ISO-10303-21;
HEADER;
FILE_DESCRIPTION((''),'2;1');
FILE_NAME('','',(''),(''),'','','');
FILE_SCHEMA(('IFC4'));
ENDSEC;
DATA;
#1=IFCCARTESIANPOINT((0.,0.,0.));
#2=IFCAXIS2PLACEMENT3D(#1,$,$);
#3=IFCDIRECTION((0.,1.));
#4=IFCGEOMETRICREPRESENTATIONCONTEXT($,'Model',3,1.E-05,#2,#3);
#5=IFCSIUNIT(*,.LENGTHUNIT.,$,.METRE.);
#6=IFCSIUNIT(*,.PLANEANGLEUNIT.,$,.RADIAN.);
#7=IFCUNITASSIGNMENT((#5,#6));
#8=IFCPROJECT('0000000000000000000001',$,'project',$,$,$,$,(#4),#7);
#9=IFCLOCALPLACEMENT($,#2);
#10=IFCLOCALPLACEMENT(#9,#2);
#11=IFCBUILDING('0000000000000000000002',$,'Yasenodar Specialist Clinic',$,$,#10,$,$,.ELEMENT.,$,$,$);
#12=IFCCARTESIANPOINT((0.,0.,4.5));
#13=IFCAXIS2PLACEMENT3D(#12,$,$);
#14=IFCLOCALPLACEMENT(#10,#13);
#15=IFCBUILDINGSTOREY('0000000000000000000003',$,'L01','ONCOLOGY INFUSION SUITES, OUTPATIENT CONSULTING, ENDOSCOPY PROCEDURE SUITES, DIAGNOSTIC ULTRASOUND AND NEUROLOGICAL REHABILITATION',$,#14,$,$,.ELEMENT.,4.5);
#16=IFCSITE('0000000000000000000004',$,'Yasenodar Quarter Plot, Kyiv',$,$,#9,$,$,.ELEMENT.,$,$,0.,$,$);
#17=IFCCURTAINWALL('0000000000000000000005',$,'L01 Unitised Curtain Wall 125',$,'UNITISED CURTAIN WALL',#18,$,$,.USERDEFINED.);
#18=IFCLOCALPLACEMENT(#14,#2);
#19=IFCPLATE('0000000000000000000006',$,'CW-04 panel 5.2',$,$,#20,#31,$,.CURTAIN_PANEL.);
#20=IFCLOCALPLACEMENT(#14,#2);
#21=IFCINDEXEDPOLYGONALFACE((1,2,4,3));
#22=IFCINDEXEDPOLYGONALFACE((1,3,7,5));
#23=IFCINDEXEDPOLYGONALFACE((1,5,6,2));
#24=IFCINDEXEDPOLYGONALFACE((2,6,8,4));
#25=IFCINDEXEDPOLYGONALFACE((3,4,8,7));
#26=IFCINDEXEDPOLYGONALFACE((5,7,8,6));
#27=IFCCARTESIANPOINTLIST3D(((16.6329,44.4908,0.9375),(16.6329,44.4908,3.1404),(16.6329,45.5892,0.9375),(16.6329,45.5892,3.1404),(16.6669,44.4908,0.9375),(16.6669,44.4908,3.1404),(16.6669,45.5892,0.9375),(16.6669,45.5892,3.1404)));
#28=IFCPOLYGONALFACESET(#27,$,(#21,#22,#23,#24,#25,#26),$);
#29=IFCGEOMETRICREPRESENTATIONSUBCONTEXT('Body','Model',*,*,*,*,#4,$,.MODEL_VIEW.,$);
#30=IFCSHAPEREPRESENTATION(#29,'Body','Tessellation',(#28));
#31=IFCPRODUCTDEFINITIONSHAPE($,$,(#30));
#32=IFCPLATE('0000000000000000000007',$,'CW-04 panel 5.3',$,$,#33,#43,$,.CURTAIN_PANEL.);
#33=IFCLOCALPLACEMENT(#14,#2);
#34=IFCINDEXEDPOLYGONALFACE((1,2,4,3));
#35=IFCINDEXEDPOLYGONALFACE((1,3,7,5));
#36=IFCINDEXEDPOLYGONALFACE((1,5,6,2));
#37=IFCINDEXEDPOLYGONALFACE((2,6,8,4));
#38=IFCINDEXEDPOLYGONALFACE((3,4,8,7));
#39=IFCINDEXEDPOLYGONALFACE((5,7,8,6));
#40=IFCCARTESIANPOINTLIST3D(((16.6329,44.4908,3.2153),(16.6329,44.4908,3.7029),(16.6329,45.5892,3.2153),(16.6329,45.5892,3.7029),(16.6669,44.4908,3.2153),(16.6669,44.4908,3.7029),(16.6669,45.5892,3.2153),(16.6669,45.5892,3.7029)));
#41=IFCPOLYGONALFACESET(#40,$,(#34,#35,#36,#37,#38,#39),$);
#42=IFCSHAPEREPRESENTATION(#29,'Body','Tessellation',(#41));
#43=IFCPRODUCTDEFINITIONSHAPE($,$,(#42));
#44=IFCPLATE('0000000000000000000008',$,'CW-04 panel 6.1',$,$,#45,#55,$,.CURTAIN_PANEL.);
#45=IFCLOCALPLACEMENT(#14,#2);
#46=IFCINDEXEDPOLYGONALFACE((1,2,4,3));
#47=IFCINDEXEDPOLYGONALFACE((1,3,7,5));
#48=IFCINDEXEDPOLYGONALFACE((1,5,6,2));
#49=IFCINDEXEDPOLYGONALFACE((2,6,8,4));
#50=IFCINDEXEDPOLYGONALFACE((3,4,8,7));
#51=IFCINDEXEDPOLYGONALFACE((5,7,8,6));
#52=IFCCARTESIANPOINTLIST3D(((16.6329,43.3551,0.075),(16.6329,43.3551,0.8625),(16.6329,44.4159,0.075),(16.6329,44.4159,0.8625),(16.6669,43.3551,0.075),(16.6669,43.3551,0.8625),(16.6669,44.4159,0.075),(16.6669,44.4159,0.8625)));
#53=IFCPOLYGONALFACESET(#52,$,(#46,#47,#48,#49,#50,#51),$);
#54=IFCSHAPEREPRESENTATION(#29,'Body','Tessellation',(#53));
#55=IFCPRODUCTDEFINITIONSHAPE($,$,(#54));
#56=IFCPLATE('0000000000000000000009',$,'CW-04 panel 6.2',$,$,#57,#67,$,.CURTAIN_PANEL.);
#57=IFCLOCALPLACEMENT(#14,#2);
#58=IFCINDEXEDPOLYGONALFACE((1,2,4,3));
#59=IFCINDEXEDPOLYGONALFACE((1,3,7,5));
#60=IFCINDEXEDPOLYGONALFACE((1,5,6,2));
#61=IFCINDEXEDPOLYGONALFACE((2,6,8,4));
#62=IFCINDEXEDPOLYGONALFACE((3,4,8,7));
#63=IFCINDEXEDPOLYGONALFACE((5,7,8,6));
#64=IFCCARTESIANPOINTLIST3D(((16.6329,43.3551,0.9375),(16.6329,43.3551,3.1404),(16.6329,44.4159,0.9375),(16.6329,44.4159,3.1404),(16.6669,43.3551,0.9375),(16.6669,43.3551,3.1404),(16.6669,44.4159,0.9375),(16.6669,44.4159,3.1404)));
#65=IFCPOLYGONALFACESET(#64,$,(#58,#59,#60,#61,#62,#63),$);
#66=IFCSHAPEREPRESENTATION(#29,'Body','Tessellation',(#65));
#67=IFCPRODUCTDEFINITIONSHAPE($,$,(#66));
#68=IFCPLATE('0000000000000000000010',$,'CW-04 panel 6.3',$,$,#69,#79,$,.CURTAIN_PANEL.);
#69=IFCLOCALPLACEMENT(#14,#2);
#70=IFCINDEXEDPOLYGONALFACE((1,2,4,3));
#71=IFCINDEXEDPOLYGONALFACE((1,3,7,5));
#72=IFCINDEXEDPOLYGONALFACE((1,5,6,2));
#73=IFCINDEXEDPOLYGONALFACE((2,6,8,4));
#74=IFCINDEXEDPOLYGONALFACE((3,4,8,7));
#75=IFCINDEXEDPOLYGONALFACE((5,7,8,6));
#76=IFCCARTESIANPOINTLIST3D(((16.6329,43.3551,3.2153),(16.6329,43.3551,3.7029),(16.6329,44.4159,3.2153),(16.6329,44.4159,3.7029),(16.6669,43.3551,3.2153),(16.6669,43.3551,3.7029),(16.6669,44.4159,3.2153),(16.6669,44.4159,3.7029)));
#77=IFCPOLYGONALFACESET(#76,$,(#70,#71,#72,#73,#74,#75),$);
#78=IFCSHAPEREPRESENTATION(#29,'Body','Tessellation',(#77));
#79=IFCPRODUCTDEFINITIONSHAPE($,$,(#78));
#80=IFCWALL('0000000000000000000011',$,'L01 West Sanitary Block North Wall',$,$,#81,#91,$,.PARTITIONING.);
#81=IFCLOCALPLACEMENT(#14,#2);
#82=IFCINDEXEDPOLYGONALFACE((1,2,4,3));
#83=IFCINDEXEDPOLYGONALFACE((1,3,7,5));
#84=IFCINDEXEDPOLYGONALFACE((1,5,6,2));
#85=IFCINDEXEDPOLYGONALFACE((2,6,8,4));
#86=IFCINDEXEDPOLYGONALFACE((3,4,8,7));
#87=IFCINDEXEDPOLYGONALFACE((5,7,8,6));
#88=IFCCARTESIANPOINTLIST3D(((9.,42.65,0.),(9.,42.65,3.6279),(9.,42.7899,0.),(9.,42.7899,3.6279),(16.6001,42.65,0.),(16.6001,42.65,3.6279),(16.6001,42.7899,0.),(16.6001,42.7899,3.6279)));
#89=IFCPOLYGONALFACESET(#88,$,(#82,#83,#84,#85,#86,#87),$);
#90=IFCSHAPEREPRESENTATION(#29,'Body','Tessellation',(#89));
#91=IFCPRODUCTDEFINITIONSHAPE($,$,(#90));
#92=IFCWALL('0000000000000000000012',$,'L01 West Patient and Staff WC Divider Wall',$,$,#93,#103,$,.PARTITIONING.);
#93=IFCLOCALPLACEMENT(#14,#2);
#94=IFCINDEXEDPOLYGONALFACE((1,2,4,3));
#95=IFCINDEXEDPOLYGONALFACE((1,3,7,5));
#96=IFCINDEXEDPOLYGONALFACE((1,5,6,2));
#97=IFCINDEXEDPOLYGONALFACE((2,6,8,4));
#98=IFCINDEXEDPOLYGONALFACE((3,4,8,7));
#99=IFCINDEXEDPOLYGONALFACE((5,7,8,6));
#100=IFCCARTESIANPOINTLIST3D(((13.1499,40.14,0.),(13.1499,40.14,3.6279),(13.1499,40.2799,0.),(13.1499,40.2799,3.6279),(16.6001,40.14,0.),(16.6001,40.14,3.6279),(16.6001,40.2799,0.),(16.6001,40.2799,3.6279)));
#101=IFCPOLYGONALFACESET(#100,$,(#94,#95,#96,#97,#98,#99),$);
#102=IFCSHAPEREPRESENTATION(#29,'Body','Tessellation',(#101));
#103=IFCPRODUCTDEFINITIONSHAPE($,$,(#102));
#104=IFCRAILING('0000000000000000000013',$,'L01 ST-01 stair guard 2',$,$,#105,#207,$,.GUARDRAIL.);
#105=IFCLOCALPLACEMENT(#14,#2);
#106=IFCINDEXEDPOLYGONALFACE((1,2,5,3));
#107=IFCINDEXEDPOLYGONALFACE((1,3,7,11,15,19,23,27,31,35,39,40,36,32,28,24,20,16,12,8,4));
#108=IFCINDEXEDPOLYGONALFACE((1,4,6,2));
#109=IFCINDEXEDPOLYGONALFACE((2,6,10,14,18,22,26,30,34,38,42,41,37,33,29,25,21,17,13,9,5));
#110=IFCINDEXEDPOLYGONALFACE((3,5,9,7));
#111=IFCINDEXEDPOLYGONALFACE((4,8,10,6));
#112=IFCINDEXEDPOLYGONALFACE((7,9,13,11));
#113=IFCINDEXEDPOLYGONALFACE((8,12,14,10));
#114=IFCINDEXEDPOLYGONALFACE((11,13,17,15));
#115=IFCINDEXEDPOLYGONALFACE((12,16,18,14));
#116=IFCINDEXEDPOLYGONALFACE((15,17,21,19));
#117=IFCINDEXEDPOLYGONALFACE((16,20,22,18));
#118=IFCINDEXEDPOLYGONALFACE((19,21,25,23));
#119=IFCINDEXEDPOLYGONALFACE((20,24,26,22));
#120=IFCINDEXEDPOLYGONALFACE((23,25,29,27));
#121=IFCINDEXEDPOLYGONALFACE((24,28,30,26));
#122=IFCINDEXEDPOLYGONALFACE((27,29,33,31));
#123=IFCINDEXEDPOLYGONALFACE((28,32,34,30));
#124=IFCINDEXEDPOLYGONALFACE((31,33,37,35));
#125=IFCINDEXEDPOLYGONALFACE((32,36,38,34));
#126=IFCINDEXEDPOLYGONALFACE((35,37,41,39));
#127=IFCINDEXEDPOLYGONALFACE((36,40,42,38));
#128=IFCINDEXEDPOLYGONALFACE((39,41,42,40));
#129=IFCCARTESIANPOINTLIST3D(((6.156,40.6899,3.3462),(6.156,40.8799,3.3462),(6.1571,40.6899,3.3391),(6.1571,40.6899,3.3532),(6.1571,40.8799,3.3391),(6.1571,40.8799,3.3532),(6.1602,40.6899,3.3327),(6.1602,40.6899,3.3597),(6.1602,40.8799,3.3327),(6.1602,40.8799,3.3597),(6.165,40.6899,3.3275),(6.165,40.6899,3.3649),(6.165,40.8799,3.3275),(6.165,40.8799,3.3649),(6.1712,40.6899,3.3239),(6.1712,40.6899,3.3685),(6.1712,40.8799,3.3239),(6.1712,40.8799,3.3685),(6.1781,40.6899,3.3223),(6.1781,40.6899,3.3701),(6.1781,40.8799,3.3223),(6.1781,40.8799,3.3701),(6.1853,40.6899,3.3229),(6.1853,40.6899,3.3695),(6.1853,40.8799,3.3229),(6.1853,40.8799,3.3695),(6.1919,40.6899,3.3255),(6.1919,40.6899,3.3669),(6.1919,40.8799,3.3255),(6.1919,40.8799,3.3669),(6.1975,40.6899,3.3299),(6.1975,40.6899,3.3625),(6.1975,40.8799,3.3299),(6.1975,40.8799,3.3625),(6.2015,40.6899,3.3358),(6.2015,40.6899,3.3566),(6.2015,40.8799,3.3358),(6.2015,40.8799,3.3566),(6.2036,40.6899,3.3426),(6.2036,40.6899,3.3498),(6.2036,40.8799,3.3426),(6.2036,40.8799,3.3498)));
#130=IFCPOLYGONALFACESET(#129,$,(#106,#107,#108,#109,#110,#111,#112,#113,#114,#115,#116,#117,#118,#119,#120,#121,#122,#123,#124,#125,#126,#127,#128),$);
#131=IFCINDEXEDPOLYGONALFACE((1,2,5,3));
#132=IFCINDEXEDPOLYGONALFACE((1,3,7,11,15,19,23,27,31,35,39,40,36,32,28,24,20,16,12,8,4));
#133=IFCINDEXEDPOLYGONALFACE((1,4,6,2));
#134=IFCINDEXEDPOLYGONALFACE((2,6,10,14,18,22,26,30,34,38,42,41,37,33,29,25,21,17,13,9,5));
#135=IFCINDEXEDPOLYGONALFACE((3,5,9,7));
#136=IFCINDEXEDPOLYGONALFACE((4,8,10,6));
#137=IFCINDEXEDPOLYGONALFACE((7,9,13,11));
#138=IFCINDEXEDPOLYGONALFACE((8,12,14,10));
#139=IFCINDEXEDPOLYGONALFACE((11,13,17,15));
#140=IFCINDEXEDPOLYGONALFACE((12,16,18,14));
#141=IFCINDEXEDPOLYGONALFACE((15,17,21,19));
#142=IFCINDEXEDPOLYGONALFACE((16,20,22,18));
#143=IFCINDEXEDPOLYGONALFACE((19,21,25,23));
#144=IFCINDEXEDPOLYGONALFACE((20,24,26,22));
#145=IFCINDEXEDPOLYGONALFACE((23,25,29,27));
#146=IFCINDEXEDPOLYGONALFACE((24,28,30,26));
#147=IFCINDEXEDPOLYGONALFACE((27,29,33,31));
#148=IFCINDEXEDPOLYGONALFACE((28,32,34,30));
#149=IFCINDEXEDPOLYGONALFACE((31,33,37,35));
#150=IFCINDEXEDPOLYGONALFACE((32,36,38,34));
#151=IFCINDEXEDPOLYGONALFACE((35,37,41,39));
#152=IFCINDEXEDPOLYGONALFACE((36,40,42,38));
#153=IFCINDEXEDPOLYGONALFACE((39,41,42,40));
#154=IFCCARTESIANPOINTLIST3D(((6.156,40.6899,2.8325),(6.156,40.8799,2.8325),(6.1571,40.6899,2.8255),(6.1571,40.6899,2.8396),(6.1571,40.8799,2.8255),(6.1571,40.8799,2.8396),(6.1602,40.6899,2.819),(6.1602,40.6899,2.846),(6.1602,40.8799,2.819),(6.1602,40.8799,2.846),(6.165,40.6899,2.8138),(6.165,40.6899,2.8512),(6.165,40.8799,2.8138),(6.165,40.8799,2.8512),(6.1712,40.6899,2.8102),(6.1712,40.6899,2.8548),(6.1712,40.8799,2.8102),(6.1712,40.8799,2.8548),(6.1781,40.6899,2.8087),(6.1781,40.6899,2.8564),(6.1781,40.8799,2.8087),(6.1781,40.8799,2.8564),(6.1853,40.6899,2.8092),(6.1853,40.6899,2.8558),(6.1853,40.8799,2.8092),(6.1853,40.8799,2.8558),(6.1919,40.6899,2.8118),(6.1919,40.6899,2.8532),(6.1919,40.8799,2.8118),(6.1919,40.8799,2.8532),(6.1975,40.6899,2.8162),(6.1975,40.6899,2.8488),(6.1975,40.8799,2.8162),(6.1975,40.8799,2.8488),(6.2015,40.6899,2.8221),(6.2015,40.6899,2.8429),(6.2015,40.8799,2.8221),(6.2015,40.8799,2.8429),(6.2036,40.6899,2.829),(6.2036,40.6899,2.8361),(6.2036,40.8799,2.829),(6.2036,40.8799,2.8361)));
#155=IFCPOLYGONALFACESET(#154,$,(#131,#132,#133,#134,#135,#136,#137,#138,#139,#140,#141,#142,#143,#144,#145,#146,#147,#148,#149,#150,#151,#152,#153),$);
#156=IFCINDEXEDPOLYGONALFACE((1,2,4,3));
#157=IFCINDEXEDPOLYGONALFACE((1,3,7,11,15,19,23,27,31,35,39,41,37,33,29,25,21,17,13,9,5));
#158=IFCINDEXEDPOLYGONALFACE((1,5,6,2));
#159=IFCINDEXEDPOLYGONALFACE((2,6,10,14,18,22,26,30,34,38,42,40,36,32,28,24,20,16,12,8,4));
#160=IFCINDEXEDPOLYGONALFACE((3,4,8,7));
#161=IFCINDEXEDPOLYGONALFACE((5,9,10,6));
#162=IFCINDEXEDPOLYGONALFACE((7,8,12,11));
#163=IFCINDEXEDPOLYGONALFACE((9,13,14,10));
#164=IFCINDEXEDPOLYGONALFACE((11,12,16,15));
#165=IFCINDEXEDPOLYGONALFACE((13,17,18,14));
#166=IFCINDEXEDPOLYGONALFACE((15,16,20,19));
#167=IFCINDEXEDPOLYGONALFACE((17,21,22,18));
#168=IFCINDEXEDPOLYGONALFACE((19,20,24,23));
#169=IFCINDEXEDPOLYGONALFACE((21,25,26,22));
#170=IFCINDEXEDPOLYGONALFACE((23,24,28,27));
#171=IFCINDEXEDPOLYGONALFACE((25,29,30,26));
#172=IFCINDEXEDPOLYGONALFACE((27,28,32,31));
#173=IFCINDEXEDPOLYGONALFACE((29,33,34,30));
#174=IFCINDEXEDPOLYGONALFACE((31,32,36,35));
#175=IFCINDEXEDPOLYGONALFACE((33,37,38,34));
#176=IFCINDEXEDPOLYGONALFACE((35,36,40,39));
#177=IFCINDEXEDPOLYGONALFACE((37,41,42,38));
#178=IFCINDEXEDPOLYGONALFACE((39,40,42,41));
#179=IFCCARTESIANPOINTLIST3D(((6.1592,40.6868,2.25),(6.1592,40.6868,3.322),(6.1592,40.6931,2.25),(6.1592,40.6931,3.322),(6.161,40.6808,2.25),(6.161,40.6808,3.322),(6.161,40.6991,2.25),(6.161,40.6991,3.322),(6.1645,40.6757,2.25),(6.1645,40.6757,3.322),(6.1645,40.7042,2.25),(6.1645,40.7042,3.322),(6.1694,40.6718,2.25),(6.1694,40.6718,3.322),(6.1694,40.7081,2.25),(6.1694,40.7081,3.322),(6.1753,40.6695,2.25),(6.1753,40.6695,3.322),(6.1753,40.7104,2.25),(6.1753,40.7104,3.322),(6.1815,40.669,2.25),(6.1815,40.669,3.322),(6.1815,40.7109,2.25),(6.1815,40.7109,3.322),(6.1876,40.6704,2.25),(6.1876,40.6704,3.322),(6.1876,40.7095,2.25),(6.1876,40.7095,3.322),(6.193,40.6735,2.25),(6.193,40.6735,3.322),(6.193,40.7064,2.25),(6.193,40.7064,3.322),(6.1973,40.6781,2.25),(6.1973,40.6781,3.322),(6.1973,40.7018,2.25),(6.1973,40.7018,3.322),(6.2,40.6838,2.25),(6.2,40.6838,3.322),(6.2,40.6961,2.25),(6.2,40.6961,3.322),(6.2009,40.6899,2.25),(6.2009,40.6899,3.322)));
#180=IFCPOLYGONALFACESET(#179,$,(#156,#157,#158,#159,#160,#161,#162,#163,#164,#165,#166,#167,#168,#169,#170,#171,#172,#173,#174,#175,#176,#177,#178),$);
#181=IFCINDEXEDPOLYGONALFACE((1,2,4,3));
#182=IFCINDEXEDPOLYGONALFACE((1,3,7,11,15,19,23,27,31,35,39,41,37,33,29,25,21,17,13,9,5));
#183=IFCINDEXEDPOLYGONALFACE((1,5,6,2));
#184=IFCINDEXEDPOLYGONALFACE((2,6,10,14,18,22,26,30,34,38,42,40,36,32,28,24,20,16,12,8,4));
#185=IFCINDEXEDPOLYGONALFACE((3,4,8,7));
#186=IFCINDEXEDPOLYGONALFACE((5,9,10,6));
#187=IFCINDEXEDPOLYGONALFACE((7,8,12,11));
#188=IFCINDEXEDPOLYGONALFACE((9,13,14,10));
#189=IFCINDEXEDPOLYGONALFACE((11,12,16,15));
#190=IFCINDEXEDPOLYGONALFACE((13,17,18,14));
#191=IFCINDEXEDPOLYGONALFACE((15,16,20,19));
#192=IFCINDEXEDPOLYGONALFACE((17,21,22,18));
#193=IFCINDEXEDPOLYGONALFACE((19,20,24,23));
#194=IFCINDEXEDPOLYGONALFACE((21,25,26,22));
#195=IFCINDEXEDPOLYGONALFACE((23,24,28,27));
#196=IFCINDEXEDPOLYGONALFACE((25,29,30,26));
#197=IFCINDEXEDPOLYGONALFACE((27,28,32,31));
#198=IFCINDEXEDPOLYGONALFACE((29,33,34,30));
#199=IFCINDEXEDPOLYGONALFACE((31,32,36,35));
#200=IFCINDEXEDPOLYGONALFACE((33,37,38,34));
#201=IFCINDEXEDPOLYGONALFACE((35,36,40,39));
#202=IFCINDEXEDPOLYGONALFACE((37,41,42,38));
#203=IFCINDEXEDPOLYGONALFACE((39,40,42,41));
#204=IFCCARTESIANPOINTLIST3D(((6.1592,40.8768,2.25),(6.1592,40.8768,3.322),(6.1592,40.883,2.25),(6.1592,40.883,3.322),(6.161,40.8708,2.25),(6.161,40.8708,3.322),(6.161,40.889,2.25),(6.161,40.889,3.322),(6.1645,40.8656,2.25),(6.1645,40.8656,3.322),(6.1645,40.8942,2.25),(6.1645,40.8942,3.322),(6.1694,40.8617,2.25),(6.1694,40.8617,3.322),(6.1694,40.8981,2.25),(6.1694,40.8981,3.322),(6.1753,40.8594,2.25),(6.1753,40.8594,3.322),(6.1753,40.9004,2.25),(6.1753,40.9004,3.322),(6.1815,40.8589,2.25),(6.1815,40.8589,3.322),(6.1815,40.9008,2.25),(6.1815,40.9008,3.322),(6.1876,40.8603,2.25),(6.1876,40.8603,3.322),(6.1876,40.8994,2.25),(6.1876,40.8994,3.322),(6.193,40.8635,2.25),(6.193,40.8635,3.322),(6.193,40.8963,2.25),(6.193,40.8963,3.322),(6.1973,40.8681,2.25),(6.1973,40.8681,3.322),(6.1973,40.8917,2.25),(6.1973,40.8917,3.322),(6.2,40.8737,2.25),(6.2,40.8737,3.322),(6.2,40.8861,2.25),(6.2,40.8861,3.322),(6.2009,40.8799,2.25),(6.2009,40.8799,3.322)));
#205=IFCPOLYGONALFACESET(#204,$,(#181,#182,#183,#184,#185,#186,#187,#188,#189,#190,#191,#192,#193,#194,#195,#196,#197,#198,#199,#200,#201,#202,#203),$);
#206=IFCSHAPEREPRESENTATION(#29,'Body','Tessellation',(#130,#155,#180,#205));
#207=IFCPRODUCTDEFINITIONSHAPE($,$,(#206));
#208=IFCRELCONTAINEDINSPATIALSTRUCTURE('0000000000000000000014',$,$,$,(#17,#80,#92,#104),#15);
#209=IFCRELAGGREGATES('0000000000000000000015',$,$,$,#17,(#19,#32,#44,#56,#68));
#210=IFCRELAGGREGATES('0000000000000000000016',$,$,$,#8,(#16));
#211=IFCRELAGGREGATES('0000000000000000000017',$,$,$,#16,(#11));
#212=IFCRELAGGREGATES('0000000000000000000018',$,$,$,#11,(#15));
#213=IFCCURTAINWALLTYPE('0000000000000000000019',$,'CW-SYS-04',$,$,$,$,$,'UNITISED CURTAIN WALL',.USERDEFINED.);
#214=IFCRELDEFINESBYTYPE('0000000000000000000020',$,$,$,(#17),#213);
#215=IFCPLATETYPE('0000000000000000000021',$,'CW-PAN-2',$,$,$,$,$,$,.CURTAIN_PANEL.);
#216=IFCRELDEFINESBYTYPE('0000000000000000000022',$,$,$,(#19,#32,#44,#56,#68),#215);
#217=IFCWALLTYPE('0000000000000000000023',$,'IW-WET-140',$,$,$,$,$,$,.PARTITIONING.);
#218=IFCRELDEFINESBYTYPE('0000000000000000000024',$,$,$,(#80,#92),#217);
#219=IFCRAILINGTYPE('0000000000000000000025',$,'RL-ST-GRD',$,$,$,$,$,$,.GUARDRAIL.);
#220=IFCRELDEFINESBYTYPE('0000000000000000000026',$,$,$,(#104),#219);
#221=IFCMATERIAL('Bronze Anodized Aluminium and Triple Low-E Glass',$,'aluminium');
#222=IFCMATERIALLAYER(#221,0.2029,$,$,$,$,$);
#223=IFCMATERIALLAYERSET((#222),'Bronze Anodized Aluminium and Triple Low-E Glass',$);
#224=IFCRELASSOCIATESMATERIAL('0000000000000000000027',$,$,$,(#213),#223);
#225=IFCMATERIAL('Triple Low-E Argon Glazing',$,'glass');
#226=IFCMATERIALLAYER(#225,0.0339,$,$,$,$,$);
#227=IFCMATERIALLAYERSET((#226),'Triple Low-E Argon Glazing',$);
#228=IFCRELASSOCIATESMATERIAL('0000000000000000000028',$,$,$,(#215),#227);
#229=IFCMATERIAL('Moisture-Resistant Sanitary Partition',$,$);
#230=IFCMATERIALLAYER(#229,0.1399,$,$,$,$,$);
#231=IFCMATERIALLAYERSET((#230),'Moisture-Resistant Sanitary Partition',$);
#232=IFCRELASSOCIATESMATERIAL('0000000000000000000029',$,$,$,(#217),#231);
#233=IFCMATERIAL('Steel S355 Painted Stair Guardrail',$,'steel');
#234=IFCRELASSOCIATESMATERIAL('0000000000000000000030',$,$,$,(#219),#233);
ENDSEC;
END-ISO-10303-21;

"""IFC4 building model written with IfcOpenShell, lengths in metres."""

from ifc_helpers import new_model, si_unit, direction, frame, frame_2d, origin, origin_2d, place, context, subcontext, project, spatial, rectangle, circle, extrude, material, layer, layer_set, type_object, element, aggregate, save


model = new_model("IFC4")

# Units and contexts
model_context = context("Model", 3, precision=1e-05, world=origin(), true_north=direction((0.0, 1.0)))
body_context = subcontext(model_context, "Body", "Model", "MODEL_VIEW")
ifc_project = project(units=[si_unit("LENGTHUNIT", "METRE"), si_unit("PLANEANGLEUNIT", "RADIAN")], contexts=[model_context])

# Site, building, storey
site_placement = place(None, origin())
site = spatial("IfcSite", under=ifc_project, at=site_placement, Name="Yasenodar Quarter Plot, Kyiv", CompositionType="ELEMENT", RefElevation=0.0)
building_placement = place(site_placement, origin())
building = spatial("IfcBuilding", under=site, at=building_placement, Name="Yasenodar Specialist Clinic", CompositionType="ELEMENT")
storey_placement = place(building_placement, frame((0.0, 0.0, 4.5)))
storey = spatial("IfcBuildingStorey", under=building, at=storey_placement, Name="L01", Description="ONCOLOGY INFUSION SUITES, OUTPATIENT CONSULTING, ENDOSCOPY PROCEDURE SUITES, DIAGNOSTIC ULTRASOUND AND NEUROLOGICAL REHABILITATION", CompositionType="ELEMENT", Elevation=4.5)

# Curtain wall
ifc_material_1 = material(Name="Bronze Anodized Aluminium and Triple Low-E Glass", Category="aluminium")
ifc_layer_1 = layer(ifc_material_1, 0.2029)
ifc_layer_set_1 = layer_set([ifc_layer_1], Name="Bronze Anodized Aluminium and Triple Low-E Glass")
curtain_wall_type = type_object("IfcCurtainWallType", Name="CW-SYS-04", ElementType="UNITISED CURTAIN WALL", PredefinedType="USERDEFINED", material=ifc_layer_set_1)
curtain_wall_placement = place(storey_placement, origin())
curtain_wall = element("IfcCurtainWall", 1, at=curtain_wall_placement, inside=storey, type_object=curtain_wall_type, Name="L01 Unitised Curtain Wall 125", ObjectType="UNITISED CURTAIN WALL", PredefinedType="USERDEFINED")

# Plates
ifc_material_2 = material(Name="Triple Low-E Argon Glazing", Category="glass")
ifc_layer_2 = layer(ifc_material_2, 0.0339)
ifc_layer_set_2 = layer_set([ifc_layer_2], Name="Triple Low-E Argon Glazing")
plate_type = type_object("IfcPlateType", Name="CW-PAN-2", PredefinedType="CURTAIN_PANEL", material=ifc_layer_set_2)
plate_1_placement = place(storey_placement, frame((16.6499, 45.04, 0.9375), z_axis=(0.0, 0.0, 1.0), x_axis=(0.0, -1.0, 0.0)))
plate_1 = element("IfcPlate", 2, at=plate_1_placement, type_object=plate_type, Name="CW-04 panel 5.2", PredefinedType="CURTAIN_PANEL", context=body_context, shape_type="SweptSolid", body=[
    extrude(rectangle(XDim=1.0984, YDim=0.0339, at=origin_2d()), origin(), (0.0, 0.0, 1.0), 2.2029),
])
plate_2_placement = place(storey_placement, frame((16.6499, 45.04, 3.2153), z_axis=(0.0, 0.0, 1.0), x_axis=(0.0, -1.0, 0.0)))
plate_2 = element("IfcPlate", 3, at=plate_2_placement, type_object=plate_type, Name="CW-04 panel 5.3", PredefinedType="CURTAIN_PANEL", context=body_context, shape_type="SweptSolid", body=[
    extrude(rectangle(XDim=1.0984, YDim=0.0339, at=origin_2d()), origin(), (0.0, 0.0, 1.0), 0.4875),
])
plate_3_placement = place(storey_placement, frame((16.6499, 43.8855, 0.075), z_axis=(0.0, 0.0, 1.0), x_axis=(0.0, -1.0, 0.0)))
plate_3 = element("IfcPlate", 4, at=plate_3_placement, type_object=plate_type, Name="CW-04 panel 6.1", PredefinedType="CURTAIN_PANEL", context=body_context, shape_type="SweptSolid", body=[
    extrude(rectangle(XDim=1.0608, YDim=0.0339, at=origin_2d()), origin(), (0.0, 0.0, 1.0), 0.7876),
])
plate_4_placement = place(storey_placement, frame((16.6499, 43.8855, 0.9375), z_axis=(0.0, 0.0, 1.0), x_axis=(0.0, -1.0, 0.0)))
plate_4 = element("IfcPlate", 5, at=plate_4_placement, type_object=plate_type, Name="CW-04 panel 6.2", PredefinedType="CURTAIN_PANEL", context=body_context, shape_type="SweptSolid", body=[
    extrude(rectangle(XDim=1.0608, YDim=0.0339, at=origin_2d()), origin(), (0.0, 0.0, 1.0), 2.2029),
])
plate_5_placement = place(storey_placement, frame((16.6499, 43.8855, 3.2153), z_axis=(0.0, 0.0, 1.0), x_axis=(0.0, -1.0, 0.0)))
plate_5 = element("IfcPlate", 6, at=plate_5_placement, type_object=plate_type, Name="CW-04 panel 6.3", PredefinedType="CURTAIN_PANEL", context=body_context, shape_type="SweptSolid", body=[
    extrude(rectangle(XDim=1.0608, YDim=0.0339, at=origin_2d()), origin(), (0.0, 0.0, 1.0), 0.4875),
])
aggregate(curtain_wall, [plate_1, plate_2, plate_3, plate_4, plate_5])

# Walls
ifc_material_3 = material(Name="Moisture-Resistant Sanitary Partition")
ifc_layer_3 = layer(ifc_material_3, 0.1399)
ifc_layer_set_3 = layer_set([ifc_layer_3], Name="Moisture-Resistant Sanitary Partition")
wall_type = type_object("IfcWallType", Name="IW-WET-140", PredefinedType="PARTITIONING", material=ifc_layer_set_3)
wall_1_placement = place(storey_placement, frame((9.0, 42.72, 0.0), z_axis=(0.0, 0.0, 1.0), x_axis=(1.0, 0.0, 0.0)))
element("IfcWall", 7, at=wall_1_placement, inside=storey, type_object=wall_type, Name="L01 West Sanitary Block North Wall", PredefinedType="PARTITIONING", context=body_context, shape_type="SweptSolid", body=[
    extrude(rectangle(XDim=7.6001, YDim=0.1399, at=frame_2d((3.8, 0.0))), origin(), (0.0, 0.0, 1.0), 3.6279),
])
wall_2_placement = place(storey_placement, frame((13.1499, 40.21, 0.0), z_axis=(0.0, 0.0, 1.0), x_axis=(1.0, 0.0, 0.0)))
element("IfcWall", 8, at=wall_2_placement, inside=storey, type_object=wall_type, Name="L01 West Patient and Staff WC Divider Wall", PredefinedType="PARTITIONING", context=body_context, shape_type="SweptSolid", body=[
    extrude(rectangle(XDim=3.4502, YDim=0.1399, at=frame_2d((1.7251, 0.0))), origin(), (0.0, 0.0, 1.0), 3.6279),
])

# Railing
ifc_material_4 = material(Name="Steel S355 Painted Stair Guardrail", Category="steel")
railing_type = type_object("IfcRailingType", Name="RL-ST-GRD", PredefinedType="GUARDRAIL", material=ifc_material_4)
railing_placement = place(storey_placement, frame((6.1799, 40.6899, 2.25)))
element("IfcRailing", 9, at=railing_placement, inside=storey, type_object=railing_type, Name="L01 ST-01 stair guard 2", PredefinedType="GUARDRAIL", context=body_context, shape_type="SweptSolid", body=[
    extrude(circle(Radius=0.0239, at=origin_2d()), frame((0.0, 0.0, 1.0962), z_axis=(0.0, 1.0, 0.0), x_axis=(-1.0, 0.0, 0.0)), (0.0, 0.0, 1.0), 0.1899),
    extrude(circle(Radius=0.0239, at=origin_2d()), frame((0.0, 0.0, 0.5825), z_axis=(0.0, 1.0, 0.0), x_axis=(-1.0, 0.0, 0.0)), (0.0, 0.0, 1.0), 0.1899),
    extrude(circle(Radius=0.021, at=origin_2d()), origin(), (0.0, 0.0, 1.0), 1.072),
    extrude(circle(Radius=0.021, at=origin_2d()), frame((0.0, 0.1899, 0.0)), (0.0, 0.0, 1.0), 1.072),
])

save(model, "model.ifc")
